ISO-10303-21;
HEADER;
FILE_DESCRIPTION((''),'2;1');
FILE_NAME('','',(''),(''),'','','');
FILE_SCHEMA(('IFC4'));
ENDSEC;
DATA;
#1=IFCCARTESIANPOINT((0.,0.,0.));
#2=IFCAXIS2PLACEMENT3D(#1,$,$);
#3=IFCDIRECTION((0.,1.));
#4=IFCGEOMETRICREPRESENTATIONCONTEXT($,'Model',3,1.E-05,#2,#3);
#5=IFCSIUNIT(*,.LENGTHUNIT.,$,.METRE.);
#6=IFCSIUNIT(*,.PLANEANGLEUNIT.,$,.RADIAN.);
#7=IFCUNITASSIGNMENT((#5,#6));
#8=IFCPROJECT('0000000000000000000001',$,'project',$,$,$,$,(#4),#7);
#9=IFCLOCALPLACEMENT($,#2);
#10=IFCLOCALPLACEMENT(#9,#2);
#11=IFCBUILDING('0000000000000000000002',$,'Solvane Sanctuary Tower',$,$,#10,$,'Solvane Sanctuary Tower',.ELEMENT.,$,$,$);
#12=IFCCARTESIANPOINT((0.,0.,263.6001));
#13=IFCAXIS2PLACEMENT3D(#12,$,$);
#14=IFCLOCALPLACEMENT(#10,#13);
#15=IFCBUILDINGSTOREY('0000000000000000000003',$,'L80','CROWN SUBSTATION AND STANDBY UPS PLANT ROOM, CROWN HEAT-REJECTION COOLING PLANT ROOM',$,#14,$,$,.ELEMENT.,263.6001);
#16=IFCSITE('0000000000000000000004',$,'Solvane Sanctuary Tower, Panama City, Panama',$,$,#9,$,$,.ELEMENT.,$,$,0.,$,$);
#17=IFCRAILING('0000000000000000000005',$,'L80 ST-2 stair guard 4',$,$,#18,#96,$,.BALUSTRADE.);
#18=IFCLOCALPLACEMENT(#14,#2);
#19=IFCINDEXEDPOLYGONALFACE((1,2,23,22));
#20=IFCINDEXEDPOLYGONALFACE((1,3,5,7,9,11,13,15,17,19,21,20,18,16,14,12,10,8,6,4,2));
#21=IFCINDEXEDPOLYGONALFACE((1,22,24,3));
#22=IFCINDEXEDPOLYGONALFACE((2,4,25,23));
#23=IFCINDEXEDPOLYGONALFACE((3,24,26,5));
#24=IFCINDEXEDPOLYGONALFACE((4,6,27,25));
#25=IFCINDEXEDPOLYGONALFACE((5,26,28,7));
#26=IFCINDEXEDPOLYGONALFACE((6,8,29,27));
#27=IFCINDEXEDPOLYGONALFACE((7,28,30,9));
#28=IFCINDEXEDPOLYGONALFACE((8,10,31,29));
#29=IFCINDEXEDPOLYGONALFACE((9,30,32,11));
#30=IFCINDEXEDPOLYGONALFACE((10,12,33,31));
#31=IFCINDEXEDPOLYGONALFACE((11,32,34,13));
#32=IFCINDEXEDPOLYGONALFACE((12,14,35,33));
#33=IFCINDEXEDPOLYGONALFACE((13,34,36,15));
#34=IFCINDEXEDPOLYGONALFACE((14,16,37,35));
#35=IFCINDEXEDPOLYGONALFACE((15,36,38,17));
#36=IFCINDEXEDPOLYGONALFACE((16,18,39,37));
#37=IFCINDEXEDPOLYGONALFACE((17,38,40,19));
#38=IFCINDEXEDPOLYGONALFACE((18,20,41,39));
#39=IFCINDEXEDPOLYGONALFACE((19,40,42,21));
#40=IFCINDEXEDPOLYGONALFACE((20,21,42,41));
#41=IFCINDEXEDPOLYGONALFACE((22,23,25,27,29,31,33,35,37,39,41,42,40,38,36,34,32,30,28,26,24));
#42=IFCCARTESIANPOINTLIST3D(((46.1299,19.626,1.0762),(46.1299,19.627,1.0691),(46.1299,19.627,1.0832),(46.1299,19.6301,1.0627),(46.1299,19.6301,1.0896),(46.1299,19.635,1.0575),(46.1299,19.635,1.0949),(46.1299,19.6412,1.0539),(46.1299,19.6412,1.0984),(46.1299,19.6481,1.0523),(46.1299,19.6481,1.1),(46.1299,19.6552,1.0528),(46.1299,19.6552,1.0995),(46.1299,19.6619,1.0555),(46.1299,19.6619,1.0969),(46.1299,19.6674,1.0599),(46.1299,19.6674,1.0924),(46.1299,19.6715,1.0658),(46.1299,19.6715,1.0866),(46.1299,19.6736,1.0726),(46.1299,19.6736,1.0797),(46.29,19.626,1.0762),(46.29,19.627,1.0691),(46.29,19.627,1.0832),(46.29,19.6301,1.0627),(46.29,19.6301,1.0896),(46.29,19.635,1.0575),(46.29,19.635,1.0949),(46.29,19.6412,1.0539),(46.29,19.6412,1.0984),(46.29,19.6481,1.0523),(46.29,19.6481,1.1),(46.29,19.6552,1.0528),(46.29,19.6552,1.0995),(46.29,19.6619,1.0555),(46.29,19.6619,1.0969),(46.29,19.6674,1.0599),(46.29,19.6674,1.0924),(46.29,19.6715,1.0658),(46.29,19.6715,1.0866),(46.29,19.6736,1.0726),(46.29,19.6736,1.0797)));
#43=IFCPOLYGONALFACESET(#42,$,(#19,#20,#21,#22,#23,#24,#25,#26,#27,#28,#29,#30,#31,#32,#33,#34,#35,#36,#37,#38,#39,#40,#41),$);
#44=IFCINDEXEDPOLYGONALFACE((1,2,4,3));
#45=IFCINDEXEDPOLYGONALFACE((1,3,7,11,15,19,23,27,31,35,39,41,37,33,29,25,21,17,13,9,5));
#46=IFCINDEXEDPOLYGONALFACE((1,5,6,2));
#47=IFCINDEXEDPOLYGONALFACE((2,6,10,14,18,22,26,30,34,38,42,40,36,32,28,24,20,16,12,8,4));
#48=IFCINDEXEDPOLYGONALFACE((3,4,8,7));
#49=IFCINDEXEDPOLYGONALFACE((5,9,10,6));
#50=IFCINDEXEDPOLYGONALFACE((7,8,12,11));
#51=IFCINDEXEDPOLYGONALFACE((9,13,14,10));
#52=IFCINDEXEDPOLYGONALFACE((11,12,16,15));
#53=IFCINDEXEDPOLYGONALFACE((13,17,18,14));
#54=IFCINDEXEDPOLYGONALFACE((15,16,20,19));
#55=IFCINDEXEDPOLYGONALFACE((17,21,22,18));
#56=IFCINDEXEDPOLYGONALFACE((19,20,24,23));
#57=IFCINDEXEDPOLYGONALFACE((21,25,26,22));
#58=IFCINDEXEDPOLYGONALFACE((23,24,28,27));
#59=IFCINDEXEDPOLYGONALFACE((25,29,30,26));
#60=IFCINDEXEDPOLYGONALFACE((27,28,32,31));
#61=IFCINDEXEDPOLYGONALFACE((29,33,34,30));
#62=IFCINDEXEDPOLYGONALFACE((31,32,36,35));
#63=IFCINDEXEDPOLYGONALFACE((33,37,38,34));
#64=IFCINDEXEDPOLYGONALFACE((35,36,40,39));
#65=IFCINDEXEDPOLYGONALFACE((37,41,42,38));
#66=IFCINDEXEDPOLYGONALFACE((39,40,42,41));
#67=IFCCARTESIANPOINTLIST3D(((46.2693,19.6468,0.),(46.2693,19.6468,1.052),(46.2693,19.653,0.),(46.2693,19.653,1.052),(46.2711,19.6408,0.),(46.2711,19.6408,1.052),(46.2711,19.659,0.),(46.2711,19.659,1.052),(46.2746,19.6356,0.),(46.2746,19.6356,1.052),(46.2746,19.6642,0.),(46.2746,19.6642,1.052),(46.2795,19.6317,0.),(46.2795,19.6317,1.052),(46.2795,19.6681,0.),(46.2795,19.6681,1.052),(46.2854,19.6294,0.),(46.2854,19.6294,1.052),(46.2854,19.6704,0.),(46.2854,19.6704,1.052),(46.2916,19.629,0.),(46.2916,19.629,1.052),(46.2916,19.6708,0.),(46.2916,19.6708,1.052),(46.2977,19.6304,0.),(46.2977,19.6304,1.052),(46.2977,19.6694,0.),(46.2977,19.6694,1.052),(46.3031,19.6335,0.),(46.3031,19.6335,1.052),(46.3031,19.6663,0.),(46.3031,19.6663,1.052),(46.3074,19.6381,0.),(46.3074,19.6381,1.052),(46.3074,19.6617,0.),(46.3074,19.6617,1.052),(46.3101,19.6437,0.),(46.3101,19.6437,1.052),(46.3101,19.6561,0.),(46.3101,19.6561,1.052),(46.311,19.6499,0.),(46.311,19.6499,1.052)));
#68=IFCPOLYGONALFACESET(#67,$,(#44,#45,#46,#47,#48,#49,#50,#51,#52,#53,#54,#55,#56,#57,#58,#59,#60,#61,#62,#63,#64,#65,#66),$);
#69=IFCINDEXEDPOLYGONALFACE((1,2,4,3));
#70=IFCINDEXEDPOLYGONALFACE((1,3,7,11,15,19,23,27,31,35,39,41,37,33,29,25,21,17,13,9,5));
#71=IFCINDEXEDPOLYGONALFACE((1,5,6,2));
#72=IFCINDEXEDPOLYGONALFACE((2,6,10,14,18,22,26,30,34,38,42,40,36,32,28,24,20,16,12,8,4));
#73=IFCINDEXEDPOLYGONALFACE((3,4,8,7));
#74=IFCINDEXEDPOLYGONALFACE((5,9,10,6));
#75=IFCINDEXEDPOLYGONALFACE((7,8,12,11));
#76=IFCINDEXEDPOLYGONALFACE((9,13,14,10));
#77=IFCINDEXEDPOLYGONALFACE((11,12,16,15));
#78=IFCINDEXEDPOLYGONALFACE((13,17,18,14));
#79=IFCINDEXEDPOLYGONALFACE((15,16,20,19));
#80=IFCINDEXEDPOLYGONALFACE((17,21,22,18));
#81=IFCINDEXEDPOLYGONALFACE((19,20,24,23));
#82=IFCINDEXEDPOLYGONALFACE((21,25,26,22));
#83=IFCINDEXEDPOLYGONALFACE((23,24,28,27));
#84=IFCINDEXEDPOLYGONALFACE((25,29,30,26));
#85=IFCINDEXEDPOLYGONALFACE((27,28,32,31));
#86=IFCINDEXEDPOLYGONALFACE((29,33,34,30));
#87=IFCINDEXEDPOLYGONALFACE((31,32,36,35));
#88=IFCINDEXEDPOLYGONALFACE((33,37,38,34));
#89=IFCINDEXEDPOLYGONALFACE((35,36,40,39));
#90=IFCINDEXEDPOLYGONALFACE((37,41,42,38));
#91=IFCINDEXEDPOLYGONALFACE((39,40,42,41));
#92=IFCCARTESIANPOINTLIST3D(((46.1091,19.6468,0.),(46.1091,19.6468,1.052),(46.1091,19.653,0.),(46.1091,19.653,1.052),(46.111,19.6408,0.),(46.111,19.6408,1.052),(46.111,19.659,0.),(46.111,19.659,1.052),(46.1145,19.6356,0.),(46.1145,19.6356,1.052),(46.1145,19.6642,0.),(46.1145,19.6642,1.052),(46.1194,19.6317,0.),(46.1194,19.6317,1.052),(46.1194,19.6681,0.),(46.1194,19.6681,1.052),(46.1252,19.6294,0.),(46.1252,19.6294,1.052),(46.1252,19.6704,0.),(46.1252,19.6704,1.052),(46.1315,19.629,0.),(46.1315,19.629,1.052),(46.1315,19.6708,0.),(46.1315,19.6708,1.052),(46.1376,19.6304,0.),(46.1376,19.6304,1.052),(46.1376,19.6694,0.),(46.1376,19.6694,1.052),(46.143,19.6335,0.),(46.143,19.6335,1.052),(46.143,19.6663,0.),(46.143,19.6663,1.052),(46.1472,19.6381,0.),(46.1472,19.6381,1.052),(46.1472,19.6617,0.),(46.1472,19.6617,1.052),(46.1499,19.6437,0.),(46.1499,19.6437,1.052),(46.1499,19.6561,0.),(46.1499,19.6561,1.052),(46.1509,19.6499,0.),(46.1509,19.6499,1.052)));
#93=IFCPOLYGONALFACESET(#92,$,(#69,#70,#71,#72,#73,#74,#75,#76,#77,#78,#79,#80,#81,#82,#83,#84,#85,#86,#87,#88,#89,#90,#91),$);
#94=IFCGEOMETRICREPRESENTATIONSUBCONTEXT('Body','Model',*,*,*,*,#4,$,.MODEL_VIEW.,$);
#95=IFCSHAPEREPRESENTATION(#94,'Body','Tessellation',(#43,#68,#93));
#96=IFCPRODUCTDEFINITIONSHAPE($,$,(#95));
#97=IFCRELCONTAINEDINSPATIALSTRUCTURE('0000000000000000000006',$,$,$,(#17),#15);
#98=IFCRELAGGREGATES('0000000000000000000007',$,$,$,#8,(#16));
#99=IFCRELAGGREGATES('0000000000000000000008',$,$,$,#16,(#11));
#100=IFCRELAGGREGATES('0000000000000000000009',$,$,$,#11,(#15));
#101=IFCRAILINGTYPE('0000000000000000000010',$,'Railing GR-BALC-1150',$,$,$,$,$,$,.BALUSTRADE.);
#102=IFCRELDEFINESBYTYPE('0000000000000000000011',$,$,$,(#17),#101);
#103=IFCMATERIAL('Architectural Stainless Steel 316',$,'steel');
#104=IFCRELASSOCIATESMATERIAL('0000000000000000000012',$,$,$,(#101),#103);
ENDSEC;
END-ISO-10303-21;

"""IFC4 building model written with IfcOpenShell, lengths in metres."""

from ifc_helpers import new_model, si_unit, direction, frame, origin, origin_2d, place, context, subcontext, project, spatial, circle, extrude, material, type_object, element, save


model = new_model("IFC4")

# Units and contexts
model_context = context("Model", 3, precision=1e-05, world=origin(), true_north=direction((0.0, 1.0)))
body_context = subcontext(model_context, "Body", "Model", "MODEL_VIEW")
ifc_project = project(units=[si_unit("LENGTHUNIT", "METRE"), si_unit("PLANEANGLEUNIT", "RADIAN")], contexts=[model_context])

# Site, building, storey
site_placement = place(None, origin())
site = spatial("IfcSite", under=ifc_project, at=site_placement, Name="Solvane Sanctuary Tower, Panama City, Panama", CompositionType="ELEMENT", RefElevation=0.0)
building_placement = place(site_placement, origin())
building = spatial("IfcBuilding", under=site, at=building_placement, Name="Solvane Sanctuary Tower", LongName="Solvane Sanctuary Tower", CompositionType="ELEMENT")
storey_placement = place(building_placement, frame((0.0, 0.0, 263.6001)))
storey = spatial("IfcBuildingStorey", under=building, at=storey_placement, Name="L80", Description="CROWN SUBSTATION AND STANDBY UPS PLANT ROOM, CROWN HEAT-REJECTION COOLING PLANT ROOM", CompositionType="ELEMENT", Elevation=263.6001)

# Shared definitions
ifc_material_1 = material(Name="Architectural Stainless Steel 316", Category="steel")

# Railing
railing_type_1 = type_object("IfcRailingType", Name="Railing GR-BALC-1150", PredefinedType="BALUSTRADE", material=ifc_material_1)
railing_1_placement = place(storey_placement, frame((46.29, 19.6499, 0.0)))
element("IfcRailing", 1, at=railing_1_placement, inside=storey, type_object=railing_type_1, Name="L80 ST-2 stair guard 4", PredefinedType="BALUSTRADE", context=body_context, shape_type="SweptSolid", body=[
    extrude(circle(Radius=0.0239, at=origin_2d()), frame((0.0, 0.0, 1.0762), z_axis=(-1.0, 0.0, 0.0), x_axis=(0.0, -1.0, 0.0)), (0.0, 0.0, 1.0), 0.1602),
    extrude(circle(Radius=0.021, at=origin_2d()), origin(), (0.0, 0.0, 1.0), 1.052),
    extrude(circle(Radius=0.021, at=origin_2d()), frame((-0.1602, 0.0, 0.0)), (0.0, 0.0, 1.0), 1.052),
])

save(model, "model.ifc")
